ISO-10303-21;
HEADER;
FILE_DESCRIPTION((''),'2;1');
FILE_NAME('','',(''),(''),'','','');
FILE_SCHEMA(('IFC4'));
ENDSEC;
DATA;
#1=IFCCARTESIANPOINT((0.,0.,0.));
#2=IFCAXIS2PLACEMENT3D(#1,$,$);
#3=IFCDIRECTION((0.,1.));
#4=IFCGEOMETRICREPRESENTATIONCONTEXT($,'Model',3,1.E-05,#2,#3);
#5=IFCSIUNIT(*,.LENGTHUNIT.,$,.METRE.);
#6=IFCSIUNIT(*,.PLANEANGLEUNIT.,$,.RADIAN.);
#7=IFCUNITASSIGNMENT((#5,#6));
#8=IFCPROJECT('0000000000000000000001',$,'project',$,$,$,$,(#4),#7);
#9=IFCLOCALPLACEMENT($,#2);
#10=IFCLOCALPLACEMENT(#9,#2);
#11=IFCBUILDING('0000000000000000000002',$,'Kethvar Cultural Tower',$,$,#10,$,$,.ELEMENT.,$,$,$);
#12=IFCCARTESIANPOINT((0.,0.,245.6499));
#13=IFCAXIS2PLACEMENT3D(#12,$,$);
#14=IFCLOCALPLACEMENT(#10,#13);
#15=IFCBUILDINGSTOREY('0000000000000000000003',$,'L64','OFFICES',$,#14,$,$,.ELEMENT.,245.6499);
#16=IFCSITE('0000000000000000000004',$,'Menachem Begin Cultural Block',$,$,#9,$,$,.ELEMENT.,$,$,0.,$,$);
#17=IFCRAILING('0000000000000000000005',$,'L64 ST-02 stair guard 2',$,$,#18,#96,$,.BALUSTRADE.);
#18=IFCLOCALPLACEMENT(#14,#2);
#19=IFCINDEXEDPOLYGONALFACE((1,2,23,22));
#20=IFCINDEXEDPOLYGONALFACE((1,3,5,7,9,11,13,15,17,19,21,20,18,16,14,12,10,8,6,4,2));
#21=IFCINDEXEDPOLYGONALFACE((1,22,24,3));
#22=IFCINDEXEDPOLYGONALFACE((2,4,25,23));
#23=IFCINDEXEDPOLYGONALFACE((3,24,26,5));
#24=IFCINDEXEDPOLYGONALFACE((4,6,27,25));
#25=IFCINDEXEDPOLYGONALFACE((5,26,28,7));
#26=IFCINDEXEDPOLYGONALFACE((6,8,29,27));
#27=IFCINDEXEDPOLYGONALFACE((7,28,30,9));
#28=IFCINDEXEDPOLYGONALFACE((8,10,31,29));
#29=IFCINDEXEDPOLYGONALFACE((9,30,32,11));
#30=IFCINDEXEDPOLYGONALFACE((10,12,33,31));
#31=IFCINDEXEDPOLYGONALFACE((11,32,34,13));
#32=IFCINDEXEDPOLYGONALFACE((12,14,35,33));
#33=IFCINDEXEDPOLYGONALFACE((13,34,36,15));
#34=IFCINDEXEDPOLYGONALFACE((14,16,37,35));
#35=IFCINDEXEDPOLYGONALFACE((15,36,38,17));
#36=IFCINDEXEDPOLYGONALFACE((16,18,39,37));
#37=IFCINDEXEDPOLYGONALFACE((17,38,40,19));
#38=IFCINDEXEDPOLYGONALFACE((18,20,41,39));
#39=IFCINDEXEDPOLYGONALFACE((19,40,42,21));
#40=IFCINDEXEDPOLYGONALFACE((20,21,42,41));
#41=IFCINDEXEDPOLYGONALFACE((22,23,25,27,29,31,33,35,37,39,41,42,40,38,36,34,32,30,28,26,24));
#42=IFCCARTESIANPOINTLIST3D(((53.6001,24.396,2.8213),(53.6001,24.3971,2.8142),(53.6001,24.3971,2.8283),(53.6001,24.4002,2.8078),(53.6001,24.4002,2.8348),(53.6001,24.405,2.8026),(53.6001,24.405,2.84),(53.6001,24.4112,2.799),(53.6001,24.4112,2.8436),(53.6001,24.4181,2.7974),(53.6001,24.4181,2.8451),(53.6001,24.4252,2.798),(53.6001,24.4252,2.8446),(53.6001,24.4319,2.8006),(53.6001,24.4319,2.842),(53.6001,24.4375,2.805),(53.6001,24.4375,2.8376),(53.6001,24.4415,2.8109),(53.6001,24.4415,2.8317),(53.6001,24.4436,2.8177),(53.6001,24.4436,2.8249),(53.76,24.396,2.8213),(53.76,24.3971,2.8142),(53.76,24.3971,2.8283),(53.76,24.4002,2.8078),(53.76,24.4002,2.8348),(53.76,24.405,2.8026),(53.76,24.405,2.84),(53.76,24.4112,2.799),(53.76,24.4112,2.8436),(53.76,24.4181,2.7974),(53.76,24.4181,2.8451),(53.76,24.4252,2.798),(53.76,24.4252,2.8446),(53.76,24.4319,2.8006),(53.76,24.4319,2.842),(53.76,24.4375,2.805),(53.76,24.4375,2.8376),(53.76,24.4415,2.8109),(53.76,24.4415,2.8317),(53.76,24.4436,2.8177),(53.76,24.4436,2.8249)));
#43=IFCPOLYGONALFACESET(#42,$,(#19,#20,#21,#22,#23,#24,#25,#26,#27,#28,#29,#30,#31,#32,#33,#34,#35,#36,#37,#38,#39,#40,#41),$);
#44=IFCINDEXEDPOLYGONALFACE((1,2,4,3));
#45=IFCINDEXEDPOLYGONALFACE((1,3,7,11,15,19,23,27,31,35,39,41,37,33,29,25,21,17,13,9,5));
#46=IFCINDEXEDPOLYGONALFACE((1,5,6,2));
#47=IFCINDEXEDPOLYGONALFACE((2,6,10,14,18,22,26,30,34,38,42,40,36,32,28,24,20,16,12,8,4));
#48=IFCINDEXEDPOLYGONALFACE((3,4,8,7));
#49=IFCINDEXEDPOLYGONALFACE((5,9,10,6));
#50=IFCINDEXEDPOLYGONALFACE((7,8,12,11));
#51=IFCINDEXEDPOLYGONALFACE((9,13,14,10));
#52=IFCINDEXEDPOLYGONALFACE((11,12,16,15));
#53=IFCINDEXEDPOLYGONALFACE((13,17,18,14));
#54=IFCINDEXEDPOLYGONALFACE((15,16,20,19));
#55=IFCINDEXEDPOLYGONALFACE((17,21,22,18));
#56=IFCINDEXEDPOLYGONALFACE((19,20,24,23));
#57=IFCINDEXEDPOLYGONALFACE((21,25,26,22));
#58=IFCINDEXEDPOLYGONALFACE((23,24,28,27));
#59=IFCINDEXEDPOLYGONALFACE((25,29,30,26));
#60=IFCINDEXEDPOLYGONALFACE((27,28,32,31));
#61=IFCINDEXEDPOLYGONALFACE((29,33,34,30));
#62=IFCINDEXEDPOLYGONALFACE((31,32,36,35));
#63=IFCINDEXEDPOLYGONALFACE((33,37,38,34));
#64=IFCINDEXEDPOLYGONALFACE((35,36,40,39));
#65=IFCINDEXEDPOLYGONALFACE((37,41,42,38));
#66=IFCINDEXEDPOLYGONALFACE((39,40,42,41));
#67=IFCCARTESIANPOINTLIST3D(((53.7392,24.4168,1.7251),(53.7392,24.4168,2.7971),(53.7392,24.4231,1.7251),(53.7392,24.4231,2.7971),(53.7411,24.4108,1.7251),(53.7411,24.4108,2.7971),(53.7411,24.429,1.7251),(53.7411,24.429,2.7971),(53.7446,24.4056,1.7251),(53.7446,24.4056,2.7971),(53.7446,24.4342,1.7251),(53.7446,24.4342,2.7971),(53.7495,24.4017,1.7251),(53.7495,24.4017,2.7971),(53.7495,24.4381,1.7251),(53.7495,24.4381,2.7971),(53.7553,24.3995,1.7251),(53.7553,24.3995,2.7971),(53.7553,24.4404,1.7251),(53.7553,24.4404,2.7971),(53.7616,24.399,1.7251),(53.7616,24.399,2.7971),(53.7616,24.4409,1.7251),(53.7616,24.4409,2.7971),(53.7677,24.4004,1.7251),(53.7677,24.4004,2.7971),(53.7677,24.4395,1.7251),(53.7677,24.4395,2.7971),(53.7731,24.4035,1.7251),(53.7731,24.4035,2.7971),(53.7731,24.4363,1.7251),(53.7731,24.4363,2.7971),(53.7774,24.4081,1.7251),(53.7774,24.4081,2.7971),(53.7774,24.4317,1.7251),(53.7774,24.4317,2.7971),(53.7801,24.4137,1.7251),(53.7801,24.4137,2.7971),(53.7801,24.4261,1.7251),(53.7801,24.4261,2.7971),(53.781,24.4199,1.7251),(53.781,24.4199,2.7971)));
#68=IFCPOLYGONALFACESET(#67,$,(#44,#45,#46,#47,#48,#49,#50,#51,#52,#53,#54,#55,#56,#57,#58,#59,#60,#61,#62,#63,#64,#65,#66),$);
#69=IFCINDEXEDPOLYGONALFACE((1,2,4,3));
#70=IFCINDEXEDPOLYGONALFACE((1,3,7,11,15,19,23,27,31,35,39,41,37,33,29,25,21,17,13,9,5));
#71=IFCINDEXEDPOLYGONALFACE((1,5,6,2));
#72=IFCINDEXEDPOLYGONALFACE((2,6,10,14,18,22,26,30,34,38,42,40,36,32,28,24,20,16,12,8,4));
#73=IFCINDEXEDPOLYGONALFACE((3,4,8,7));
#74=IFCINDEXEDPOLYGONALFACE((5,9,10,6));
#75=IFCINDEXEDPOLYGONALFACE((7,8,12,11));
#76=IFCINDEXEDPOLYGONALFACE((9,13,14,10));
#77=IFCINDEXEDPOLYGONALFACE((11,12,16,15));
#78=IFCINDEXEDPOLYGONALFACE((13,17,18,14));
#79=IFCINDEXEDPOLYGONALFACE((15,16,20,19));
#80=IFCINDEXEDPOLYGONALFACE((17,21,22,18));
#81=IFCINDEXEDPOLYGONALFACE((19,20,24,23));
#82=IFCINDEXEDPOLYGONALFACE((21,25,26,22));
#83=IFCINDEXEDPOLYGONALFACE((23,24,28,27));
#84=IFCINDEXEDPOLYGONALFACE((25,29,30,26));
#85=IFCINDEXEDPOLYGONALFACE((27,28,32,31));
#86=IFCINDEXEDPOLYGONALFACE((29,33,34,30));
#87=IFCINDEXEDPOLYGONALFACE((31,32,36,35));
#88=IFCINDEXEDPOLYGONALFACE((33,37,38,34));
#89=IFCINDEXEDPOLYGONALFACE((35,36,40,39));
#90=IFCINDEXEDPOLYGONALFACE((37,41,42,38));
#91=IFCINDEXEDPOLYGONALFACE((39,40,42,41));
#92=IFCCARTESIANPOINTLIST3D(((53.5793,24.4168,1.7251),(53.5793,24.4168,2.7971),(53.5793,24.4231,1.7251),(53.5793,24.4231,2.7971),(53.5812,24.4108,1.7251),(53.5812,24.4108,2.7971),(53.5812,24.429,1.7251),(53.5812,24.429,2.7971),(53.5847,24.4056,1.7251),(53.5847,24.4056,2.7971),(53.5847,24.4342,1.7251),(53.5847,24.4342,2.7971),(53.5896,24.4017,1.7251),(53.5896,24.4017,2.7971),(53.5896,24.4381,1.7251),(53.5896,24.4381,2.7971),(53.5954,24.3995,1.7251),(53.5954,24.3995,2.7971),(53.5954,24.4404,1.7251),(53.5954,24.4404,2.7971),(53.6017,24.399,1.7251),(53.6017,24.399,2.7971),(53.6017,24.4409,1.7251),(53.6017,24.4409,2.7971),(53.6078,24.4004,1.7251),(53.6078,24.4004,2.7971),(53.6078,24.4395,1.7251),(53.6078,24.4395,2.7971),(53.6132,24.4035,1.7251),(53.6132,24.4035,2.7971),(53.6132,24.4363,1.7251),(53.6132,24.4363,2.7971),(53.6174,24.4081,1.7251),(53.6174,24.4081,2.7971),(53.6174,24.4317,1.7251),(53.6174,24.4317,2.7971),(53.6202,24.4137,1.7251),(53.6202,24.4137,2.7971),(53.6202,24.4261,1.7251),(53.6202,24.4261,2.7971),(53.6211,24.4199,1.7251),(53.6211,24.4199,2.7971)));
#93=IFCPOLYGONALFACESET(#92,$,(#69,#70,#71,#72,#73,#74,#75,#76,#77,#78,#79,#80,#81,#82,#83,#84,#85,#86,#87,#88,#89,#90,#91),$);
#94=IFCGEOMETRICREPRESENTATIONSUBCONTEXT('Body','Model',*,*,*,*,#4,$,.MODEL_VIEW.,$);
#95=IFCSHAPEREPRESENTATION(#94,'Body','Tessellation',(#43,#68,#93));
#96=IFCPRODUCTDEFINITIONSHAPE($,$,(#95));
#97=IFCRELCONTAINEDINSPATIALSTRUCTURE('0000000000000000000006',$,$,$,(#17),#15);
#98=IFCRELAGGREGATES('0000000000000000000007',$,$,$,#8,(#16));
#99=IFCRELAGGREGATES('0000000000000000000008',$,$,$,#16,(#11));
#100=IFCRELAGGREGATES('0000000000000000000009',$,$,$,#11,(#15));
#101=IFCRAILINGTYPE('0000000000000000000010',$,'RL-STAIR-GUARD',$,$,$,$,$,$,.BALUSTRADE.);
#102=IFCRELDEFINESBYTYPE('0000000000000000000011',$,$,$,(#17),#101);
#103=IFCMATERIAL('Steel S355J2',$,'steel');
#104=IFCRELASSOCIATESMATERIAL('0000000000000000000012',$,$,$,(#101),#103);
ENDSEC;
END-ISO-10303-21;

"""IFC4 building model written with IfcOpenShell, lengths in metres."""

from ifc_helpers import new_model, si_unit, direction, frame, origin, origin_2d, place, context, subcontext, project, spatial, circle, extrude, material, type_object, element, save


model = new_model("IFC4")

# Units and contexts
model_context = context("Model", 3, precision=1e-05, world=origin(), true_north=direction((0.0, 1.0)))
body_context = subcontext(model_context, "Body", "Model", "MODEL_VIEW")
ifc_project = project(units=[si_unit("LENGTHUNIT", "METRE"), si_unit("PLANEANGLEUNIT", "RADIAN")], contexts=[model_context])

# Site, building, storey
site_placement = place(None, origin())
site = spatial("IfcSite", under=ifc_project, at=site_placement, Name="Menachem Begin Cultural Block", CompositionType="ELEMENT", RefElevation=0.0)
building_placement = place(site_placement, origin())
building = spatial("IfcBuilding", under=site, at=building_placement, Name="Kethvar Cultural Tower", CompositionType="ELEMENT")
storey_placement = place(building_placement, frame((0.0, 0.0, 245.6499)))
storey = spatial("IfcBuildingStorey", under=building, at=storey_placement, Name="L64", Description="OFFICES", CompositionType="ELEMENT", Elevation=245.6499)

# Shared definitions
ifc_material_1 = material(Name="Steel S355J2", Category="steel")

# Railing
railing_type_1 = type_object("IfcRailingType", Name="RL-STAIR-GUARD", PredefinedType="BALUSTRADE", material=ifc_material_1)
railing_1_placement = place(storey_placement, frame((53.76, 24.4199, 1.7251)))
element("IfcRailing", 1, at=railing_1_placement, inside=storey, type_object=railing_type_1, Name="L64 ST-02 stair guard 2", PredefinedType="BALUSTRADE", context=body_context, shape_type="SweptSolid", body=[
    extrude(circle(Radius=0.0239, at=origin_2d()), frame((0.0, 0.0, 1.0962), z_axis=(-1.0, 0.0, 0.0), x_axis=(0.0, -1.0, 0.0)), (0.0, 0.0, 1.0), 0.1599),
    extrude(circle(Radius=0.021, at=origin_2d()), origin(), (0.0, 0.0, 1.0), 1.072),
    extrude(circle(Radius=0.021, at=origin_2d()), frame((-0.1599, 0.0, 0.0)), (0.0, 0.0, 1.0), 1.072),
])

save(model, "model.ifc")
